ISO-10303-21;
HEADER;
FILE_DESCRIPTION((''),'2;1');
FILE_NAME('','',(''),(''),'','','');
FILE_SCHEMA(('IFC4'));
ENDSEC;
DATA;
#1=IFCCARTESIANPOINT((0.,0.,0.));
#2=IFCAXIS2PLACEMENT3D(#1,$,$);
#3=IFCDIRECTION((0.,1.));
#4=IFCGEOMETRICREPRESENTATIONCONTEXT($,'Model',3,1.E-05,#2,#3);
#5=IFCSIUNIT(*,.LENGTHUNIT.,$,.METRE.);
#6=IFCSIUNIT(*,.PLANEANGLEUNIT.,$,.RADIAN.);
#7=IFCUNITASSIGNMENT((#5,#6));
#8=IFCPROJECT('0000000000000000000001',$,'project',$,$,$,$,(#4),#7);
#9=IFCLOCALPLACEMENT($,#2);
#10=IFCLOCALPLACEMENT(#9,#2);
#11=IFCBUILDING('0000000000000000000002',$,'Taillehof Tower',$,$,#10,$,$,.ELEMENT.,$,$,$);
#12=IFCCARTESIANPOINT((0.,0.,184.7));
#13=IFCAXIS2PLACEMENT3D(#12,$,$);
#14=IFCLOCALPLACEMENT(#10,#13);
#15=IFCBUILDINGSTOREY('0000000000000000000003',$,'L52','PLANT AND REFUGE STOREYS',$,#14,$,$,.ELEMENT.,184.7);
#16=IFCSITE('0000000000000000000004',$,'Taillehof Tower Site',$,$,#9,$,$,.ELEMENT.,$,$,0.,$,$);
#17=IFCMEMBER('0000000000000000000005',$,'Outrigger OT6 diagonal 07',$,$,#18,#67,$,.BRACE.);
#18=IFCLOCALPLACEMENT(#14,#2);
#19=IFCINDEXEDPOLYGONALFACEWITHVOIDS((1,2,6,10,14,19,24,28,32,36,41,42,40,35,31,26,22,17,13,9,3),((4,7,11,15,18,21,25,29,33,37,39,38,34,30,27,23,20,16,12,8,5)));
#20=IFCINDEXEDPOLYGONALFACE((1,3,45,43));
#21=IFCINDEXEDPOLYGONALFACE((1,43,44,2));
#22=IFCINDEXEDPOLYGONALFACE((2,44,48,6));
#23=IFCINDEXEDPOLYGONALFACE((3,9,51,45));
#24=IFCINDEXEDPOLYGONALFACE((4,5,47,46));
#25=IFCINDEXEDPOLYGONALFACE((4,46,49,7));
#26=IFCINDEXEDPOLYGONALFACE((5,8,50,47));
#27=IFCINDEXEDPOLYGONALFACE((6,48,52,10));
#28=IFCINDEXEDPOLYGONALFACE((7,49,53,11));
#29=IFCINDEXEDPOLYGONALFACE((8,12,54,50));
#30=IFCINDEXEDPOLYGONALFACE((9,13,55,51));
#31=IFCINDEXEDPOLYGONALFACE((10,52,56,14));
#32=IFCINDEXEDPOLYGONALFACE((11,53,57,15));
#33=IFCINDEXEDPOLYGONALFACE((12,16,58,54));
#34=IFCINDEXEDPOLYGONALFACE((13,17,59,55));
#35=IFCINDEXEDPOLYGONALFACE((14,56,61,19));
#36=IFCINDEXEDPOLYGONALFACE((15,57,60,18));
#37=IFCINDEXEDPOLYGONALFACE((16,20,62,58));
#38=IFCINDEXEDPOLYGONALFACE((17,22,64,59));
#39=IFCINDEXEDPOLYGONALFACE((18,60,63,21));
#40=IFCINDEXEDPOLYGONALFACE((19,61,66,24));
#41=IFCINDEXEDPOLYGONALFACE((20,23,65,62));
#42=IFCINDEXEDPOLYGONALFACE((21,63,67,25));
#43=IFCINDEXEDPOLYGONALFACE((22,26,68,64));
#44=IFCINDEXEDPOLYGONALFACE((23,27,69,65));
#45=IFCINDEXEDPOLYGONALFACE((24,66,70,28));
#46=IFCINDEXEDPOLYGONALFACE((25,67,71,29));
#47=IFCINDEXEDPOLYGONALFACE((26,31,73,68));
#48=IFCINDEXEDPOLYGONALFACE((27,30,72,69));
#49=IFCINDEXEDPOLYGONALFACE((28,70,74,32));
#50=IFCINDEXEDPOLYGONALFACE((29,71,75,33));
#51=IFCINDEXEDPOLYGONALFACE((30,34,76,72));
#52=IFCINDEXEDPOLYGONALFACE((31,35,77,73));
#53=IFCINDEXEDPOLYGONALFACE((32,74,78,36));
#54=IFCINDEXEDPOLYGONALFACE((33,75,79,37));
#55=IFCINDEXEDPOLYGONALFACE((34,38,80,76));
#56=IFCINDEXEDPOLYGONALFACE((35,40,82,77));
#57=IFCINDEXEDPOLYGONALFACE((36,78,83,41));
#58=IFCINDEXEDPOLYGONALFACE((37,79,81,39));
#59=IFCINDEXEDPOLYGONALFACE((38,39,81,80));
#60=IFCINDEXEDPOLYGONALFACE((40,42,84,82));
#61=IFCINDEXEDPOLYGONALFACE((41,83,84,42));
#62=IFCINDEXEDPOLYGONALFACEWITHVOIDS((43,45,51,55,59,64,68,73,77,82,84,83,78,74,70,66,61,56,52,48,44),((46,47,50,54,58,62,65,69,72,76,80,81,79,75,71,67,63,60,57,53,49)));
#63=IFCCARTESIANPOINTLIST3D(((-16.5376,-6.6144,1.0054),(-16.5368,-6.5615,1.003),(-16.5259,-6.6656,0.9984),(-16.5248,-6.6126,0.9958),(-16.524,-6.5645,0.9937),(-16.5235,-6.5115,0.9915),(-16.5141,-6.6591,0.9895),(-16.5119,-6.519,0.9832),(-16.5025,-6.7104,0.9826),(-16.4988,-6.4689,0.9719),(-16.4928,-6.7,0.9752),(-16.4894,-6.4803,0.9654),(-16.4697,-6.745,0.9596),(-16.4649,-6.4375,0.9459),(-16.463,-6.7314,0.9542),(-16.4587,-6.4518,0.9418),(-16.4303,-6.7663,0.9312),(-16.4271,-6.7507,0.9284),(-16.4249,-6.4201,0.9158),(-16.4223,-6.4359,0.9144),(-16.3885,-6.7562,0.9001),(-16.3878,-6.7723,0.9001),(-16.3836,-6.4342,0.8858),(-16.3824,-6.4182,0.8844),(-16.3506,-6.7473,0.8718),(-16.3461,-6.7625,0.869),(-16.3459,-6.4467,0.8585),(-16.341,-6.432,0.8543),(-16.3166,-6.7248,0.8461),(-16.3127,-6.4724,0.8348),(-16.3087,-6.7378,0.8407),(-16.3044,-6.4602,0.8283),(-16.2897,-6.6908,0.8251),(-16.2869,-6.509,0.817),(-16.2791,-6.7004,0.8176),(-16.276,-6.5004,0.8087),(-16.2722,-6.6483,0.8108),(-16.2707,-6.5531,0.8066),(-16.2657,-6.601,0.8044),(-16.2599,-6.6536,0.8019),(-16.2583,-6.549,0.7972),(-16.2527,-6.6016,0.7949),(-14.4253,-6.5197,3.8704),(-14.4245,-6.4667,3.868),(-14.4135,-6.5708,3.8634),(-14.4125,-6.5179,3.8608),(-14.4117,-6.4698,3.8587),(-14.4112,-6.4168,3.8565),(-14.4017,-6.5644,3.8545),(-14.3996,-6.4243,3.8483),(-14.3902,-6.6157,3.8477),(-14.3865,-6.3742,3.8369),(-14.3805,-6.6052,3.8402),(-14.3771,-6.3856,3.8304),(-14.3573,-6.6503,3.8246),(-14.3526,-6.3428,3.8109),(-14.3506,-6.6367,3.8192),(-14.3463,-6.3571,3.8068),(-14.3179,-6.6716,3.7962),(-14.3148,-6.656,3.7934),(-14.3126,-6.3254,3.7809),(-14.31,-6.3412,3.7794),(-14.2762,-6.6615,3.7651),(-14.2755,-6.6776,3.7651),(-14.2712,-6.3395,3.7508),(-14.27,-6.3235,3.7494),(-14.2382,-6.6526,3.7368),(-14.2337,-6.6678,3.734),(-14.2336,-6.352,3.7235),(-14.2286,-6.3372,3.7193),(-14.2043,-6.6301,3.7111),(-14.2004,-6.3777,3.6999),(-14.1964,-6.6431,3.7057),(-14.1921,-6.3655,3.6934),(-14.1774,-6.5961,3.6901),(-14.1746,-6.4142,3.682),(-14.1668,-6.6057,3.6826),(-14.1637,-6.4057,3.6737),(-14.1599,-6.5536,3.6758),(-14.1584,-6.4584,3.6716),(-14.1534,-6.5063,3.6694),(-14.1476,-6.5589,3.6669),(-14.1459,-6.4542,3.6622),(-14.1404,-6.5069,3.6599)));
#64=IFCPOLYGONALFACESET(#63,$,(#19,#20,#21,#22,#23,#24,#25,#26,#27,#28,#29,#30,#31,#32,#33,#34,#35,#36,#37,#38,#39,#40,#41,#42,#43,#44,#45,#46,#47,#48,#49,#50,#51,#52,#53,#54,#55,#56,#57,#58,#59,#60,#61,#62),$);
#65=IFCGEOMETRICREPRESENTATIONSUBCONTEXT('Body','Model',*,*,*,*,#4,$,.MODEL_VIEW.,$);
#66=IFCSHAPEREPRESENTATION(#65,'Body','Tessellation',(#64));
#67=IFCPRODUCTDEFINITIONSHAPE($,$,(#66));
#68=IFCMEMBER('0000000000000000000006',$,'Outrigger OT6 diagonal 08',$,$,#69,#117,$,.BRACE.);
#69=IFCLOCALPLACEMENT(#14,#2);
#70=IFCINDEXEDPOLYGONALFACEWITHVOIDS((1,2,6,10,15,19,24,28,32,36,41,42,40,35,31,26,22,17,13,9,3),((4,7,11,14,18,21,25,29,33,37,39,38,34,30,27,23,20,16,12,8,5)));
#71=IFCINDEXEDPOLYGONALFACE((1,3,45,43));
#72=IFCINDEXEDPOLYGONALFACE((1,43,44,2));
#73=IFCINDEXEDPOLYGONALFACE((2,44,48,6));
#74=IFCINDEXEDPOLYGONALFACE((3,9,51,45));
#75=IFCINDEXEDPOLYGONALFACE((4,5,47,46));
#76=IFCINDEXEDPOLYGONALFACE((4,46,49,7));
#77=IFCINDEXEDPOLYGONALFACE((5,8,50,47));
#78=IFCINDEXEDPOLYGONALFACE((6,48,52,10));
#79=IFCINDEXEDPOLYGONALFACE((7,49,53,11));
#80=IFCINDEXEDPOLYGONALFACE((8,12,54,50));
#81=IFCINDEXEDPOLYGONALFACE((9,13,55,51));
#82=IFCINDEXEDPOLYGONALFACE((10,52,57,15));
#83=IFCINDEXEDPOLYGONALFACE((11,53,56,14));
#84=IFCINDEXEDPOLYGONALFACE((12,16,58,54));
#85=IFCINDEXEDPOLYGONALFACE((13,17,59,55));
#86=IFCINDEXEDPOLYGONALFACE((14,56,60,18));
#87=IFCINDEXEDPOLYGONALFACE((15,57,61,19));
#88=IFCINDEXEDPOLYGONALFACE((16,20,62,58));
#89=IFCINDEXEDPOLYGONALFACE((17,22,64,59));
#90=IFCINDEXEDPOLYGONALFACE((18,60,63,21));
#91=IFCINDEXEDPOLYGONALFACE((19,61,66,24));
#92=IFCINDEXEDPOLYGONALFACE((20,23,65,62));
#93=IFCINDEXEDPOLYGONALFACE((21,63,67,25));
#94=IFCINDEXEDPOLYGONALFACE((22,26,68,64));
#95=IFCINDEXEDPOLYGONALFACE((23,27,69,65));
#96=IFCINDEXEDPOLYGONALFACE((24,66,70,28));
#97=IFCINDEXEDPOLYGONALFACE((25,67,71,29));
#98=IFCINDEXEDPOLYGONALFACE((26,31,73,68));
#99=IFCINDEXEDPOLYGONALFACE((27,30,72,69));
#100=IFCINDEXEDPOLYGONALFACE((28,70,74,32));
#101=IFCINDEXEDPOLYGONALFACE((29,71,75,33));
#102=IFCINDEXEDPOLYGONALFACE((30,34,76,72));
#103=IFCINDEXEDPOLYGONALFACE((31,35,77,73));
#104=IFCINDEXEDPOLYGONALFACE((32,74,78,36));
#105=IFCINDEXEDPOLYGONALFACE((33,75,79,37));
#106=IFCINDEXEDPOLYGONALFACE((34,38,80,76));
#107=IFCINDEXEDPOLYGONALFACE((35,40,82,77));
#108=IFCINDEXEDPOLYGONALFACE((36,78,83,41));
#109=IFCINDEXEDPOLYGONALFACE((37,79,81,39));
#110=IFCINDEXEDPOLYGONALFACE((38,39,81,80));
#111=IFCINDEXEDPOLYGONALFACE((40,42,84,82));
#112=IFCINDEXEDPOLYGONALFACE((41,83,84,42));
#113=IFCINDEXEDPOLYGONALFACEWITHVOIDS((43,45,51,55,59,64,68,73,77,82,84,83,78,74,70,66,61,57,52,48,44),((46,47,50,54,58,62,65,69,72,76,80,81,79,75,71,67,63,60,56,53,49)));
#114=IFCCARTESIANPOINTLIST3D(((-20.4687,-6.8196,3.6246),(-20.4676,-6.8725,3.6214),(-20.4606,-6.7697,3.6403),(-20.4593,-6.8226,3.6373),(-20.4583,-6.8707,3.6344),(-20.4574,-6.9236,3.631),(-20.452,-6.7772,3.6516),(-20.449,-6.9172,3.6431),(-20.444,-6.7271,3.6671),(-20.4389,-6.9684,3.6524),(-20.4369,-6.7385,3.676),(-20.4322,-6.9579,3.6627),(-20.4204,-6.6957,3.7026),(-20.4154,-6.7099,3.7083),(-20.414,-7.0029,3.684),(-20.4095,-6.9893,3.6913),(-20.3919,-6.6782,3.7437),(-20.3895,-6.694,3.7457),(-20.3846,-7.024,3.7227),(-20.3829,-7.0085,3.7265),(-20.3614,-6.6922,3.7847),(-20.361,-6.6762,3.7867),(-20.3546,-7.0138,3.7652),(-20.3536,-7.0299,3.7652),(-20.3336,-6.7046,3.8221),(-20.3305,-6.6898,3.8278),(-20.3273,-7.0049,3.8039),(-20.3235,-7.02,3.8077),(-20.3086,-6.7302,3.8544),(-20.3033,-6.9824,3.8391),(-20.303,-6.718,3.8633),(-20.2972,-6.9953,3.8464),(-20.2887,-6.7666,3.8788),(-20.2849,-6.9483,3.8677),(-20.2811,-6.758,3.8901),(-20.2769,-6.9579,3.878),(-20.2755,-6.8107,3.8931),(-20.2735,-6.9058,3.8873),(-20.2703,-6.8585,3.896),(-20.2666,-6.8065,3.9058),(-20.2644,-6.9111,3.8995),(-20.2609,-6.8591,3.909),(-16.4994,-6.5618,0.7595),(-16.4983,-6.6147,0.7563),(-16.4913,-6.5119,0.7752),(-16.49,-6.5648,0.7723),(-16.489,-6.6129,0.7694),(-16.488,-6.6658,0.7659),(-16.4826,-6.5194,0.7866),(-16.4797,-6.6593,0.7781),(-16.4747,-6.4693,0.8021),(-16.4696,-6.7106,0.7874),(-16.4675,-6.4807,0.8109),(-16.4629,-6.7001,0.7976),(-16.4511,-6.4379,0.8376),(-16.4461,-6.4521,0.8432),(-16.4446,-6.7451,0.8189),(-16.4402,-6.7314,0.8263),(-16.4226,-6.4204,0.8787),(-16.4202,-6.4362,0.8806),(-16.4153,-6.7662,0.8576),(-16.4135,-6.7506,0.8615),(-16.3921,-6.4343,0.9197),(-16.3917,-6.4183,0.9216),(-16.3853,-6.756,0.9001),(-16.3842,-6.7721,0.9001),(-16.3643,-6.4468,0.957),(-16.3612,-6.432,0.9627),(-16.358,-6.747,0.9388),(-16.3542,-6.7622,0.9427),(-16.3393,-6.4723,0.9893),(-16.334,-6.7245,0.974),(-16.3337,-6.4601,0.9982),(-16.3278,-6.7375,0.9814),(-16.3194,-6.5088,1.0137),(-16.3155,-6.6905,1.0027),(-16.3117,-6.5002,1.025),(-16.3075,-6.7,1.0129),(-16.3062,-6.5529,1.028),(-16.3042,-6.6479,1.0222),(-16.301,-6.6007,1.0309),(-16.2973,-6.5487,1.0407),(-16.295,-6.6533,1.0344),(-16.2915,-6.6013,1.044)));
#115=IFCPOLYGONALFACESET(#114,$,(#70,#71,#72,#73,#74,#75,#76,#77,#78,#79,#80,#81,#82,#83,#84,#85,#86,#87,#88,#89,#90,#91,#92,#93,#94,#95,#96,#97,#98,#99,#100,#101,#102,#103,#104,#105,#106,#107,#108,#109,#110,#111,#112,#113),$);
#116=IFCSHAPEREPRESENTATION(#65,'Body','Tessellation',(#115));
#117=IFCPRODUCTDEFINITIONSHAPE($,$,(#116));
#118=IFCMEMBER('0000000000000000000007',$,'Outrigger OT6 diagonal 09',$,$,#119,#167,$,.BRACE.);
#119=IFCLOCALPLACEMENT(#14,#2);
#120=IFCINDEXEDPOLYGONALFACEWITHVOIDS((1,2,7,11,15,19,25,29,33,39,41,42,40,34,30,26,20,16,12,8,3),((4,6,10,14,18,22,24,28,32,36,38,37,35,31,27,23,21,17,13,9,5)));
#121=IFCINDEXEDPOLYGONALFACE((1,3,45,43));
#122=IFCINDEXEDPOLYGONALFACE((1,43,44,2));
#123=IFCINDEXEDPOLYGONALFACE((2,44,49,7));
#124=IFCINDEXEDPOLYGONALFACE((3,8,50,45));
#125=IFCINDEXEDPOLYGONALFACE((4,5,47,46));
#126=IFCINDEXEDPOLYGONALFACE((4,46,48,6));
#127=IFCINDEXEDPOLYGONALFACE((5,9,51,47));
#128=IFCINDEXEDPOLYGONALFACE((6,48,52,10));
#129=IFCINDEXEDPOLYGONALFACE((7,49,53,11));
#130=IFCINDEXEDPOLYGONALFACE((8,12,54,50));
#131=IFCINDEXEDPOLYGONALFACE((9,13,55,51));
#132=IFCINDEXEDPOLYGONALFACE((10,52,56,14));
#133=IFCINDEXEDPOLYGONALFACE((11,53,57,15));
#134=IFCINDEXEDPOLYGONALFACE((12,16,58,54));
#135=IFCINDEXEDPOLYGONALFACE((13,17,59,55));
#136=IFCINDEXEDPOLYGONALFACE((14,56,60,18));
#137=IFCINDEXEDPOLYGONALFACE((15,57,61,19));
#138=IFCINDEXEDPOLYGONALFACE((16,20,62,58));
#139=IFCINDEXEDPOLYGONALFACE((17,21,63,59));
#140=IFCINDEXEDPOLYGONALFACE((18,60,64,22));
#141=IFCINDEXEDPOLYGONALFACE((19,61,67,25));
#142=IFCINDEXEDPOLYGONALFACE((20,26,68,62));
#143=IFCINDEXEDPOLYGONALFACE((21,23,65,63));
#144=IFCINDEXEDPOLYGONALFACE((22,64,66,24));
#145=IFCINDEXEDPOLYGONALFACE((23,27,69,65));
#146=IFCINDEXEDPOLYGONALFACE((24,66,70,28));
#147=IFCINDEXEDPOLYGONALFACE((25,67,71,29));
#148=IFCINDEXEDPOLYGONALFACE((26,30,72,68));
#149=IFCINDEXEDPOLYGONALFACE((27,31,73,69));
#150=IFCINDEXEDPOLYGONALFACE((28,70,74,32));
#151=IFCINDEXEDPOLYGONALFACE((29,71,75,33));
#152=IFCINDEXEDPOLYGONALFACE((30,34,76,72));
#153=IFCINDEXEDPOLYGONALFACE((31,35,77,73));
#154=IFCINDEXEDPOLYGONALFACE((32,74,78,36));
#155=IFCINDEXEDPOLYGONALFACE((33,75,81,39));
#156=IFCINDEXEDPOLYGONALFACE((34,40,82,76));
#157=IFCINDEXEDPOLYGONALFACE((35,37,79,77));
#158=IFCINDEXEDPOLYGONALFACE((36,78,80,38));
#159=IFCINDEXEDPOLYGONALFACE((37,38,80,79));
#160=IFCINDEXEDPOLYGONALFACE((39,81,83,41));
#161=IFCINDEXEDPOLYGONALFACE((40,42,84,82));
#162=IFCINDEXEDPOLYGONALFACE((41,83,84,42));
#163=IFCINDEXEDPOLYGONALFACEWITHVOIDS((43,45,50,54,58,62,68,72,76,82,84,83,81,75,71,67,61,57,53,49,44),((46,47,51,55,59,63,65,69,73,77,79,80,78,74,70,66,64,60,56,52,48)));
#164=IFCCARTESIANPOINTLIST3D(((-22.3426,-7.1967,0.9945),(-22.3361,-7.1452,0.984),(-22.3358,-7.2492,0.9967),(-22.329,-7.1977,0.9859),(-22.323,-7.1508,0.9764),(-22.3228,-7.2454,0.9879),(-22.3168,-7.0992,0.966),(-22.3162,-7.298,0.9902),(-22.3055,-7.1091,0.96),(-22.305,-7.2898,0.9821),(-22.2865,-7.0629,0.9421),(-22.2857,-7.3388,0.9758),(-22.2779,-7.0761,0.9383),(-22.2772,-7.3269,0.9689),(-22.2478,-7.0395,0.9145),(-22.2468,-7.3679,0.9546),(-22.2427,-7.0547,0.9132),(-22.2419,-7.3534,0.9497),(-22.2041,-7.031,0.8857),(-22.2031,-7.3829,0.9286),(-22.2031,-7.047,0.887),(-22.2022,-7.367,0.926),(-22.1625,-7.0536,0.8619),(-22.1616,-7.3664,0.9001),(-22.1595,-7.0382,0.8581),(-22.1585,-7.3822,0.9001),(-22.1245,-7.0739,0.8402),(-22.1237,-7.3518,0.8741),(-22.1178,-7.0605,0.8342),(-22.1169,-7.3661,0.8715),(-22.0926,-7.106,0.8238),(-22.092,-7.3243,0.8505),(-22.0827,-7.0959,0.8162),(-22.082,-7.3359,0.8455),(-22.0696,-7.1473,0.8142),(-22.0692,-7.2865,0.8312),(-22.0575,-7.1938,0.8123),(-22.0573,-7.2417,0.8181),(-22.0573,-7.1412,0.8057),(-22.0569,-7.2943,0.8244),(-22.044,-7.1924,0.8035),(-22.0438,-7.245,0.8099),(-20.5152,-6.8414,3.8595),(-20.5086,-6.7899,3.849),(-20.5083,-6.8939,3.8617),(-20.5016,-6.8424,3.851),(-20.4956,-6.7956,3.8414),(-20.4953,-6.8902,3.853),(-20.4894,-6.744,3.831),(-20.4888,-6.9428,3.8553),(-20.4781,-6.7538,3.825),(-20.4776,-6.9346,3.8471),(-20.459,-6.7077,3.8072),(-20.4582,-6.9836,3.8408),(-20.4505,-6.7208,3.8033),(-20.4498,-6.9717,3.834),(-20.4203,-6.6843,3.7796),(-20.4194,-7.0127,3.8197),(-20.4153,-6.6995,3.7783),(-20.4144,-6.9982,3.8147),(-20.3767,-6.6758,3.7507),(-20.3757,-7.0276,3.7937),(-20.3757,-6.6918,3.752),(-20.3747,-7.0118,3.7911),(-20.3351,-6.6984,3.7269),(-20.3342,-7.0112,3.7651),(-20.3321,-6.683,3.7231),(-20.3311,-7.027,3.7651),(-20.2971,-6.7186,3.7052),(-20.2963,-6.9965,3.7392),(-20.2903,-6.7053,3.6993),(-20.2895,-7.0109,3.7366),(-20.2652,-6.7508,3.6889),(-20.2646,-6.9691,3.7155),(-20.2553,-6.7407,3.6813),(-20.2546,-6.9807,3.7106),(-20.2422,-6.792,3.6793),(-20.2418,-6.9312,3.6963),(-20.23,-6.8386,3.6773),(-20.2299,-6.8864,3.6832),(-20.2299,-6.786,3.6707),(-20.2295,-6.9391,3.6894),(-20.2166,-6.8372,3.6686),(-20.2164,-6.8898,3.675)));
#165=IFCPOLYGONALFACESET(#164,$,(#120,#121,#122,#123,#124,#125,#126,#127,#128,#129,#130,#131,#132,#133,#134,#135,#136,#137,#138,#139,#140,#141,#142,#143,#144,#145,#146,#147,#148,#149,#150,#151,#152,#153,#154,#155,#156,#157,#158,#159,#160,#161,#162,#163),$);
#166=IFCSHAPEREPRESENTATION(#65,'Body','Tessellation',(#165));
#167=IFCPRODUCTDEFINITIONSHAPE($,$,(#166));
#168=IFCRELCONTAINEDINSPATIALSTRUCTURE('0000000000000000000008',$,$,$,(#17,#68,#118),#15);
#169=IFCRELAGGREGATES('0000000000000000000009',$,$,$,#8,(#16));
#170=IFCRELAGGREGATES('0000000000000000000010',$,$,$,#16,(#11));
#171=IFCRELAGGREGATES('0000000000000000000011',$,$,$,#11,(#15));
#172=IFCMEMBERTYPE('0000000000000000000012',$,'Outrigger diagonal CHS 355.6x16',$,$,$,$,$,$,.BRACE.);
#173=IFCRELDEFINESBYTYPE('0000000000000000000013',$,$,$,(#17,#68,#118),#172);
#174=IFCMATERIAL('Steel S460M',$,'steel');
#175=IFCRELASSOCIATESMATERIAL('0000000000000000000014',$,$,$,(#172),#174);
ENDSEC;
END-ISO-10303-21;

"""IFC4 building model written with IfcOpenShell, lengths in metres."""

from ifc_helpers import new_model, si_unit, direction, frame, origin, origin_2d, place, context, subcontext, project, spatial, hollow_circle, extrude, material, material_profile, profile_set, type_object, element, save


model = new_model("IFC4")

# Units and contexts
model_context = context("Model", 3, precision=1e-05, world=origin(), true_north=direction((0.0, 1.0)))
body_context = subcontext(model_context, "Body", "Model", "MODEL_VIEW")
ifc_project = project(units=[si_unit("LENGTHUNIT", "METRE"), si_unit("PLANEANGLEUNIT", "RADIAN")], contexts=[model_context])

# Site, building, storey
site_placement = place(None, origin())
site = spatial("IfcSite", under=ifc_project, at=site_placement, Name="Taillehof Tower Site", CompositionType="ELEMENT", RefElevation=0.0)
building_placement = place(site_placement, origin())
building = spatial("IfcBuilding", under=site, at=building_placement, Name="Taillehof Tower", CompositionType="ELEMENT")
storey_placement = place(building_placement, frame((0.0, 0.0, 184.7)))
storey = spatial("IfcBuildingStorey", under=building, at=storey_placement, Name="L52", Description="PLANT AND REFUGE STOREYS", CompositionType="ELEMENT", Elevation=184.7)

# Members
ifc_material_1 = material(Name="Steel S460M", Category="steel")
ifc_material_profile_1 = material_profile(ifc_material_1, hollow_circle(Radius=0.1777, WallThickness=0.0161, at=origin_2d()), Name="CHS 355.6x16")
ifc_profile_set_1 = profile_set([ifc_material_profile_1], Name="Steel S460M")
member_type_1 = type_object("IfcMemberType", Name="Outrigger diagonal CHS 355.6x16", PredefinedType="BRACE", material=ifc_profile_set_1)
member_1_placement = place(storey_placement, frame((-14.2834, -6.5, 3.7651), z_axis=(-0.593218, -0.026603, -0.804602), x_axis=(0.0448, -0.998996, 0.0)))
element("IfcMember", 1, at=member_1_placement, inside=storey, type_object=member_type_1, Name="Outrigger OT6 diagonal 07", PredefinedType="BRACE", context=body_context, shape_type="SweptSolid", body=[
    extrude(hollow_circle(Radius=0.1777, WallThickness=0.0161, at=origin_2d()), origin(), (0.0, 0.0, 1.0), 3.5608),
])
member_2_placement = place(storey_placement, frame((-16.3958, -6.5947, 0.9001), z_axis=(-0.80972, -0.052593, 0.584455), x_axis=(0.064816, -0.997897, 0.0)))
element("IfcMember", 2, at=member_2_placement, inside=storey, type_object=member_type_1, Name="Outrigger OT6 diagonal 08", PredefinedType="BRACE", context=body_context, shape_type="SweptSolid", body=[
    extrude(hollow_circle(Radius=0.1777, WallThickness=0.0161, at=origin_2d()), origin(), (0.0, 0.0, 1.0), 4.9021),
])
member_3_placement = place(storey_placement, frame((-20.365, -6.8525, 3.7651), z_axis=(-0.534844, -0.103968, -0.83853), x_axis=(0.190817, -0.981626, 0.0)))
element("IfcMember", 3, at=member_3_placement, inside=storey, type_object=member_type_1, Name="Outrigger OT6 diagonal 09", PredefinedType="BRACE", context=body_context, shape_type="SweptSolid", body=[
    extrude(hollow_circle(Radius=0.1777, WallThickness=0.0161, at=origin_2d()), origin(), (0.0, 0.0, 1.0), 3.4167),
])

save(model, "model.ifc")
